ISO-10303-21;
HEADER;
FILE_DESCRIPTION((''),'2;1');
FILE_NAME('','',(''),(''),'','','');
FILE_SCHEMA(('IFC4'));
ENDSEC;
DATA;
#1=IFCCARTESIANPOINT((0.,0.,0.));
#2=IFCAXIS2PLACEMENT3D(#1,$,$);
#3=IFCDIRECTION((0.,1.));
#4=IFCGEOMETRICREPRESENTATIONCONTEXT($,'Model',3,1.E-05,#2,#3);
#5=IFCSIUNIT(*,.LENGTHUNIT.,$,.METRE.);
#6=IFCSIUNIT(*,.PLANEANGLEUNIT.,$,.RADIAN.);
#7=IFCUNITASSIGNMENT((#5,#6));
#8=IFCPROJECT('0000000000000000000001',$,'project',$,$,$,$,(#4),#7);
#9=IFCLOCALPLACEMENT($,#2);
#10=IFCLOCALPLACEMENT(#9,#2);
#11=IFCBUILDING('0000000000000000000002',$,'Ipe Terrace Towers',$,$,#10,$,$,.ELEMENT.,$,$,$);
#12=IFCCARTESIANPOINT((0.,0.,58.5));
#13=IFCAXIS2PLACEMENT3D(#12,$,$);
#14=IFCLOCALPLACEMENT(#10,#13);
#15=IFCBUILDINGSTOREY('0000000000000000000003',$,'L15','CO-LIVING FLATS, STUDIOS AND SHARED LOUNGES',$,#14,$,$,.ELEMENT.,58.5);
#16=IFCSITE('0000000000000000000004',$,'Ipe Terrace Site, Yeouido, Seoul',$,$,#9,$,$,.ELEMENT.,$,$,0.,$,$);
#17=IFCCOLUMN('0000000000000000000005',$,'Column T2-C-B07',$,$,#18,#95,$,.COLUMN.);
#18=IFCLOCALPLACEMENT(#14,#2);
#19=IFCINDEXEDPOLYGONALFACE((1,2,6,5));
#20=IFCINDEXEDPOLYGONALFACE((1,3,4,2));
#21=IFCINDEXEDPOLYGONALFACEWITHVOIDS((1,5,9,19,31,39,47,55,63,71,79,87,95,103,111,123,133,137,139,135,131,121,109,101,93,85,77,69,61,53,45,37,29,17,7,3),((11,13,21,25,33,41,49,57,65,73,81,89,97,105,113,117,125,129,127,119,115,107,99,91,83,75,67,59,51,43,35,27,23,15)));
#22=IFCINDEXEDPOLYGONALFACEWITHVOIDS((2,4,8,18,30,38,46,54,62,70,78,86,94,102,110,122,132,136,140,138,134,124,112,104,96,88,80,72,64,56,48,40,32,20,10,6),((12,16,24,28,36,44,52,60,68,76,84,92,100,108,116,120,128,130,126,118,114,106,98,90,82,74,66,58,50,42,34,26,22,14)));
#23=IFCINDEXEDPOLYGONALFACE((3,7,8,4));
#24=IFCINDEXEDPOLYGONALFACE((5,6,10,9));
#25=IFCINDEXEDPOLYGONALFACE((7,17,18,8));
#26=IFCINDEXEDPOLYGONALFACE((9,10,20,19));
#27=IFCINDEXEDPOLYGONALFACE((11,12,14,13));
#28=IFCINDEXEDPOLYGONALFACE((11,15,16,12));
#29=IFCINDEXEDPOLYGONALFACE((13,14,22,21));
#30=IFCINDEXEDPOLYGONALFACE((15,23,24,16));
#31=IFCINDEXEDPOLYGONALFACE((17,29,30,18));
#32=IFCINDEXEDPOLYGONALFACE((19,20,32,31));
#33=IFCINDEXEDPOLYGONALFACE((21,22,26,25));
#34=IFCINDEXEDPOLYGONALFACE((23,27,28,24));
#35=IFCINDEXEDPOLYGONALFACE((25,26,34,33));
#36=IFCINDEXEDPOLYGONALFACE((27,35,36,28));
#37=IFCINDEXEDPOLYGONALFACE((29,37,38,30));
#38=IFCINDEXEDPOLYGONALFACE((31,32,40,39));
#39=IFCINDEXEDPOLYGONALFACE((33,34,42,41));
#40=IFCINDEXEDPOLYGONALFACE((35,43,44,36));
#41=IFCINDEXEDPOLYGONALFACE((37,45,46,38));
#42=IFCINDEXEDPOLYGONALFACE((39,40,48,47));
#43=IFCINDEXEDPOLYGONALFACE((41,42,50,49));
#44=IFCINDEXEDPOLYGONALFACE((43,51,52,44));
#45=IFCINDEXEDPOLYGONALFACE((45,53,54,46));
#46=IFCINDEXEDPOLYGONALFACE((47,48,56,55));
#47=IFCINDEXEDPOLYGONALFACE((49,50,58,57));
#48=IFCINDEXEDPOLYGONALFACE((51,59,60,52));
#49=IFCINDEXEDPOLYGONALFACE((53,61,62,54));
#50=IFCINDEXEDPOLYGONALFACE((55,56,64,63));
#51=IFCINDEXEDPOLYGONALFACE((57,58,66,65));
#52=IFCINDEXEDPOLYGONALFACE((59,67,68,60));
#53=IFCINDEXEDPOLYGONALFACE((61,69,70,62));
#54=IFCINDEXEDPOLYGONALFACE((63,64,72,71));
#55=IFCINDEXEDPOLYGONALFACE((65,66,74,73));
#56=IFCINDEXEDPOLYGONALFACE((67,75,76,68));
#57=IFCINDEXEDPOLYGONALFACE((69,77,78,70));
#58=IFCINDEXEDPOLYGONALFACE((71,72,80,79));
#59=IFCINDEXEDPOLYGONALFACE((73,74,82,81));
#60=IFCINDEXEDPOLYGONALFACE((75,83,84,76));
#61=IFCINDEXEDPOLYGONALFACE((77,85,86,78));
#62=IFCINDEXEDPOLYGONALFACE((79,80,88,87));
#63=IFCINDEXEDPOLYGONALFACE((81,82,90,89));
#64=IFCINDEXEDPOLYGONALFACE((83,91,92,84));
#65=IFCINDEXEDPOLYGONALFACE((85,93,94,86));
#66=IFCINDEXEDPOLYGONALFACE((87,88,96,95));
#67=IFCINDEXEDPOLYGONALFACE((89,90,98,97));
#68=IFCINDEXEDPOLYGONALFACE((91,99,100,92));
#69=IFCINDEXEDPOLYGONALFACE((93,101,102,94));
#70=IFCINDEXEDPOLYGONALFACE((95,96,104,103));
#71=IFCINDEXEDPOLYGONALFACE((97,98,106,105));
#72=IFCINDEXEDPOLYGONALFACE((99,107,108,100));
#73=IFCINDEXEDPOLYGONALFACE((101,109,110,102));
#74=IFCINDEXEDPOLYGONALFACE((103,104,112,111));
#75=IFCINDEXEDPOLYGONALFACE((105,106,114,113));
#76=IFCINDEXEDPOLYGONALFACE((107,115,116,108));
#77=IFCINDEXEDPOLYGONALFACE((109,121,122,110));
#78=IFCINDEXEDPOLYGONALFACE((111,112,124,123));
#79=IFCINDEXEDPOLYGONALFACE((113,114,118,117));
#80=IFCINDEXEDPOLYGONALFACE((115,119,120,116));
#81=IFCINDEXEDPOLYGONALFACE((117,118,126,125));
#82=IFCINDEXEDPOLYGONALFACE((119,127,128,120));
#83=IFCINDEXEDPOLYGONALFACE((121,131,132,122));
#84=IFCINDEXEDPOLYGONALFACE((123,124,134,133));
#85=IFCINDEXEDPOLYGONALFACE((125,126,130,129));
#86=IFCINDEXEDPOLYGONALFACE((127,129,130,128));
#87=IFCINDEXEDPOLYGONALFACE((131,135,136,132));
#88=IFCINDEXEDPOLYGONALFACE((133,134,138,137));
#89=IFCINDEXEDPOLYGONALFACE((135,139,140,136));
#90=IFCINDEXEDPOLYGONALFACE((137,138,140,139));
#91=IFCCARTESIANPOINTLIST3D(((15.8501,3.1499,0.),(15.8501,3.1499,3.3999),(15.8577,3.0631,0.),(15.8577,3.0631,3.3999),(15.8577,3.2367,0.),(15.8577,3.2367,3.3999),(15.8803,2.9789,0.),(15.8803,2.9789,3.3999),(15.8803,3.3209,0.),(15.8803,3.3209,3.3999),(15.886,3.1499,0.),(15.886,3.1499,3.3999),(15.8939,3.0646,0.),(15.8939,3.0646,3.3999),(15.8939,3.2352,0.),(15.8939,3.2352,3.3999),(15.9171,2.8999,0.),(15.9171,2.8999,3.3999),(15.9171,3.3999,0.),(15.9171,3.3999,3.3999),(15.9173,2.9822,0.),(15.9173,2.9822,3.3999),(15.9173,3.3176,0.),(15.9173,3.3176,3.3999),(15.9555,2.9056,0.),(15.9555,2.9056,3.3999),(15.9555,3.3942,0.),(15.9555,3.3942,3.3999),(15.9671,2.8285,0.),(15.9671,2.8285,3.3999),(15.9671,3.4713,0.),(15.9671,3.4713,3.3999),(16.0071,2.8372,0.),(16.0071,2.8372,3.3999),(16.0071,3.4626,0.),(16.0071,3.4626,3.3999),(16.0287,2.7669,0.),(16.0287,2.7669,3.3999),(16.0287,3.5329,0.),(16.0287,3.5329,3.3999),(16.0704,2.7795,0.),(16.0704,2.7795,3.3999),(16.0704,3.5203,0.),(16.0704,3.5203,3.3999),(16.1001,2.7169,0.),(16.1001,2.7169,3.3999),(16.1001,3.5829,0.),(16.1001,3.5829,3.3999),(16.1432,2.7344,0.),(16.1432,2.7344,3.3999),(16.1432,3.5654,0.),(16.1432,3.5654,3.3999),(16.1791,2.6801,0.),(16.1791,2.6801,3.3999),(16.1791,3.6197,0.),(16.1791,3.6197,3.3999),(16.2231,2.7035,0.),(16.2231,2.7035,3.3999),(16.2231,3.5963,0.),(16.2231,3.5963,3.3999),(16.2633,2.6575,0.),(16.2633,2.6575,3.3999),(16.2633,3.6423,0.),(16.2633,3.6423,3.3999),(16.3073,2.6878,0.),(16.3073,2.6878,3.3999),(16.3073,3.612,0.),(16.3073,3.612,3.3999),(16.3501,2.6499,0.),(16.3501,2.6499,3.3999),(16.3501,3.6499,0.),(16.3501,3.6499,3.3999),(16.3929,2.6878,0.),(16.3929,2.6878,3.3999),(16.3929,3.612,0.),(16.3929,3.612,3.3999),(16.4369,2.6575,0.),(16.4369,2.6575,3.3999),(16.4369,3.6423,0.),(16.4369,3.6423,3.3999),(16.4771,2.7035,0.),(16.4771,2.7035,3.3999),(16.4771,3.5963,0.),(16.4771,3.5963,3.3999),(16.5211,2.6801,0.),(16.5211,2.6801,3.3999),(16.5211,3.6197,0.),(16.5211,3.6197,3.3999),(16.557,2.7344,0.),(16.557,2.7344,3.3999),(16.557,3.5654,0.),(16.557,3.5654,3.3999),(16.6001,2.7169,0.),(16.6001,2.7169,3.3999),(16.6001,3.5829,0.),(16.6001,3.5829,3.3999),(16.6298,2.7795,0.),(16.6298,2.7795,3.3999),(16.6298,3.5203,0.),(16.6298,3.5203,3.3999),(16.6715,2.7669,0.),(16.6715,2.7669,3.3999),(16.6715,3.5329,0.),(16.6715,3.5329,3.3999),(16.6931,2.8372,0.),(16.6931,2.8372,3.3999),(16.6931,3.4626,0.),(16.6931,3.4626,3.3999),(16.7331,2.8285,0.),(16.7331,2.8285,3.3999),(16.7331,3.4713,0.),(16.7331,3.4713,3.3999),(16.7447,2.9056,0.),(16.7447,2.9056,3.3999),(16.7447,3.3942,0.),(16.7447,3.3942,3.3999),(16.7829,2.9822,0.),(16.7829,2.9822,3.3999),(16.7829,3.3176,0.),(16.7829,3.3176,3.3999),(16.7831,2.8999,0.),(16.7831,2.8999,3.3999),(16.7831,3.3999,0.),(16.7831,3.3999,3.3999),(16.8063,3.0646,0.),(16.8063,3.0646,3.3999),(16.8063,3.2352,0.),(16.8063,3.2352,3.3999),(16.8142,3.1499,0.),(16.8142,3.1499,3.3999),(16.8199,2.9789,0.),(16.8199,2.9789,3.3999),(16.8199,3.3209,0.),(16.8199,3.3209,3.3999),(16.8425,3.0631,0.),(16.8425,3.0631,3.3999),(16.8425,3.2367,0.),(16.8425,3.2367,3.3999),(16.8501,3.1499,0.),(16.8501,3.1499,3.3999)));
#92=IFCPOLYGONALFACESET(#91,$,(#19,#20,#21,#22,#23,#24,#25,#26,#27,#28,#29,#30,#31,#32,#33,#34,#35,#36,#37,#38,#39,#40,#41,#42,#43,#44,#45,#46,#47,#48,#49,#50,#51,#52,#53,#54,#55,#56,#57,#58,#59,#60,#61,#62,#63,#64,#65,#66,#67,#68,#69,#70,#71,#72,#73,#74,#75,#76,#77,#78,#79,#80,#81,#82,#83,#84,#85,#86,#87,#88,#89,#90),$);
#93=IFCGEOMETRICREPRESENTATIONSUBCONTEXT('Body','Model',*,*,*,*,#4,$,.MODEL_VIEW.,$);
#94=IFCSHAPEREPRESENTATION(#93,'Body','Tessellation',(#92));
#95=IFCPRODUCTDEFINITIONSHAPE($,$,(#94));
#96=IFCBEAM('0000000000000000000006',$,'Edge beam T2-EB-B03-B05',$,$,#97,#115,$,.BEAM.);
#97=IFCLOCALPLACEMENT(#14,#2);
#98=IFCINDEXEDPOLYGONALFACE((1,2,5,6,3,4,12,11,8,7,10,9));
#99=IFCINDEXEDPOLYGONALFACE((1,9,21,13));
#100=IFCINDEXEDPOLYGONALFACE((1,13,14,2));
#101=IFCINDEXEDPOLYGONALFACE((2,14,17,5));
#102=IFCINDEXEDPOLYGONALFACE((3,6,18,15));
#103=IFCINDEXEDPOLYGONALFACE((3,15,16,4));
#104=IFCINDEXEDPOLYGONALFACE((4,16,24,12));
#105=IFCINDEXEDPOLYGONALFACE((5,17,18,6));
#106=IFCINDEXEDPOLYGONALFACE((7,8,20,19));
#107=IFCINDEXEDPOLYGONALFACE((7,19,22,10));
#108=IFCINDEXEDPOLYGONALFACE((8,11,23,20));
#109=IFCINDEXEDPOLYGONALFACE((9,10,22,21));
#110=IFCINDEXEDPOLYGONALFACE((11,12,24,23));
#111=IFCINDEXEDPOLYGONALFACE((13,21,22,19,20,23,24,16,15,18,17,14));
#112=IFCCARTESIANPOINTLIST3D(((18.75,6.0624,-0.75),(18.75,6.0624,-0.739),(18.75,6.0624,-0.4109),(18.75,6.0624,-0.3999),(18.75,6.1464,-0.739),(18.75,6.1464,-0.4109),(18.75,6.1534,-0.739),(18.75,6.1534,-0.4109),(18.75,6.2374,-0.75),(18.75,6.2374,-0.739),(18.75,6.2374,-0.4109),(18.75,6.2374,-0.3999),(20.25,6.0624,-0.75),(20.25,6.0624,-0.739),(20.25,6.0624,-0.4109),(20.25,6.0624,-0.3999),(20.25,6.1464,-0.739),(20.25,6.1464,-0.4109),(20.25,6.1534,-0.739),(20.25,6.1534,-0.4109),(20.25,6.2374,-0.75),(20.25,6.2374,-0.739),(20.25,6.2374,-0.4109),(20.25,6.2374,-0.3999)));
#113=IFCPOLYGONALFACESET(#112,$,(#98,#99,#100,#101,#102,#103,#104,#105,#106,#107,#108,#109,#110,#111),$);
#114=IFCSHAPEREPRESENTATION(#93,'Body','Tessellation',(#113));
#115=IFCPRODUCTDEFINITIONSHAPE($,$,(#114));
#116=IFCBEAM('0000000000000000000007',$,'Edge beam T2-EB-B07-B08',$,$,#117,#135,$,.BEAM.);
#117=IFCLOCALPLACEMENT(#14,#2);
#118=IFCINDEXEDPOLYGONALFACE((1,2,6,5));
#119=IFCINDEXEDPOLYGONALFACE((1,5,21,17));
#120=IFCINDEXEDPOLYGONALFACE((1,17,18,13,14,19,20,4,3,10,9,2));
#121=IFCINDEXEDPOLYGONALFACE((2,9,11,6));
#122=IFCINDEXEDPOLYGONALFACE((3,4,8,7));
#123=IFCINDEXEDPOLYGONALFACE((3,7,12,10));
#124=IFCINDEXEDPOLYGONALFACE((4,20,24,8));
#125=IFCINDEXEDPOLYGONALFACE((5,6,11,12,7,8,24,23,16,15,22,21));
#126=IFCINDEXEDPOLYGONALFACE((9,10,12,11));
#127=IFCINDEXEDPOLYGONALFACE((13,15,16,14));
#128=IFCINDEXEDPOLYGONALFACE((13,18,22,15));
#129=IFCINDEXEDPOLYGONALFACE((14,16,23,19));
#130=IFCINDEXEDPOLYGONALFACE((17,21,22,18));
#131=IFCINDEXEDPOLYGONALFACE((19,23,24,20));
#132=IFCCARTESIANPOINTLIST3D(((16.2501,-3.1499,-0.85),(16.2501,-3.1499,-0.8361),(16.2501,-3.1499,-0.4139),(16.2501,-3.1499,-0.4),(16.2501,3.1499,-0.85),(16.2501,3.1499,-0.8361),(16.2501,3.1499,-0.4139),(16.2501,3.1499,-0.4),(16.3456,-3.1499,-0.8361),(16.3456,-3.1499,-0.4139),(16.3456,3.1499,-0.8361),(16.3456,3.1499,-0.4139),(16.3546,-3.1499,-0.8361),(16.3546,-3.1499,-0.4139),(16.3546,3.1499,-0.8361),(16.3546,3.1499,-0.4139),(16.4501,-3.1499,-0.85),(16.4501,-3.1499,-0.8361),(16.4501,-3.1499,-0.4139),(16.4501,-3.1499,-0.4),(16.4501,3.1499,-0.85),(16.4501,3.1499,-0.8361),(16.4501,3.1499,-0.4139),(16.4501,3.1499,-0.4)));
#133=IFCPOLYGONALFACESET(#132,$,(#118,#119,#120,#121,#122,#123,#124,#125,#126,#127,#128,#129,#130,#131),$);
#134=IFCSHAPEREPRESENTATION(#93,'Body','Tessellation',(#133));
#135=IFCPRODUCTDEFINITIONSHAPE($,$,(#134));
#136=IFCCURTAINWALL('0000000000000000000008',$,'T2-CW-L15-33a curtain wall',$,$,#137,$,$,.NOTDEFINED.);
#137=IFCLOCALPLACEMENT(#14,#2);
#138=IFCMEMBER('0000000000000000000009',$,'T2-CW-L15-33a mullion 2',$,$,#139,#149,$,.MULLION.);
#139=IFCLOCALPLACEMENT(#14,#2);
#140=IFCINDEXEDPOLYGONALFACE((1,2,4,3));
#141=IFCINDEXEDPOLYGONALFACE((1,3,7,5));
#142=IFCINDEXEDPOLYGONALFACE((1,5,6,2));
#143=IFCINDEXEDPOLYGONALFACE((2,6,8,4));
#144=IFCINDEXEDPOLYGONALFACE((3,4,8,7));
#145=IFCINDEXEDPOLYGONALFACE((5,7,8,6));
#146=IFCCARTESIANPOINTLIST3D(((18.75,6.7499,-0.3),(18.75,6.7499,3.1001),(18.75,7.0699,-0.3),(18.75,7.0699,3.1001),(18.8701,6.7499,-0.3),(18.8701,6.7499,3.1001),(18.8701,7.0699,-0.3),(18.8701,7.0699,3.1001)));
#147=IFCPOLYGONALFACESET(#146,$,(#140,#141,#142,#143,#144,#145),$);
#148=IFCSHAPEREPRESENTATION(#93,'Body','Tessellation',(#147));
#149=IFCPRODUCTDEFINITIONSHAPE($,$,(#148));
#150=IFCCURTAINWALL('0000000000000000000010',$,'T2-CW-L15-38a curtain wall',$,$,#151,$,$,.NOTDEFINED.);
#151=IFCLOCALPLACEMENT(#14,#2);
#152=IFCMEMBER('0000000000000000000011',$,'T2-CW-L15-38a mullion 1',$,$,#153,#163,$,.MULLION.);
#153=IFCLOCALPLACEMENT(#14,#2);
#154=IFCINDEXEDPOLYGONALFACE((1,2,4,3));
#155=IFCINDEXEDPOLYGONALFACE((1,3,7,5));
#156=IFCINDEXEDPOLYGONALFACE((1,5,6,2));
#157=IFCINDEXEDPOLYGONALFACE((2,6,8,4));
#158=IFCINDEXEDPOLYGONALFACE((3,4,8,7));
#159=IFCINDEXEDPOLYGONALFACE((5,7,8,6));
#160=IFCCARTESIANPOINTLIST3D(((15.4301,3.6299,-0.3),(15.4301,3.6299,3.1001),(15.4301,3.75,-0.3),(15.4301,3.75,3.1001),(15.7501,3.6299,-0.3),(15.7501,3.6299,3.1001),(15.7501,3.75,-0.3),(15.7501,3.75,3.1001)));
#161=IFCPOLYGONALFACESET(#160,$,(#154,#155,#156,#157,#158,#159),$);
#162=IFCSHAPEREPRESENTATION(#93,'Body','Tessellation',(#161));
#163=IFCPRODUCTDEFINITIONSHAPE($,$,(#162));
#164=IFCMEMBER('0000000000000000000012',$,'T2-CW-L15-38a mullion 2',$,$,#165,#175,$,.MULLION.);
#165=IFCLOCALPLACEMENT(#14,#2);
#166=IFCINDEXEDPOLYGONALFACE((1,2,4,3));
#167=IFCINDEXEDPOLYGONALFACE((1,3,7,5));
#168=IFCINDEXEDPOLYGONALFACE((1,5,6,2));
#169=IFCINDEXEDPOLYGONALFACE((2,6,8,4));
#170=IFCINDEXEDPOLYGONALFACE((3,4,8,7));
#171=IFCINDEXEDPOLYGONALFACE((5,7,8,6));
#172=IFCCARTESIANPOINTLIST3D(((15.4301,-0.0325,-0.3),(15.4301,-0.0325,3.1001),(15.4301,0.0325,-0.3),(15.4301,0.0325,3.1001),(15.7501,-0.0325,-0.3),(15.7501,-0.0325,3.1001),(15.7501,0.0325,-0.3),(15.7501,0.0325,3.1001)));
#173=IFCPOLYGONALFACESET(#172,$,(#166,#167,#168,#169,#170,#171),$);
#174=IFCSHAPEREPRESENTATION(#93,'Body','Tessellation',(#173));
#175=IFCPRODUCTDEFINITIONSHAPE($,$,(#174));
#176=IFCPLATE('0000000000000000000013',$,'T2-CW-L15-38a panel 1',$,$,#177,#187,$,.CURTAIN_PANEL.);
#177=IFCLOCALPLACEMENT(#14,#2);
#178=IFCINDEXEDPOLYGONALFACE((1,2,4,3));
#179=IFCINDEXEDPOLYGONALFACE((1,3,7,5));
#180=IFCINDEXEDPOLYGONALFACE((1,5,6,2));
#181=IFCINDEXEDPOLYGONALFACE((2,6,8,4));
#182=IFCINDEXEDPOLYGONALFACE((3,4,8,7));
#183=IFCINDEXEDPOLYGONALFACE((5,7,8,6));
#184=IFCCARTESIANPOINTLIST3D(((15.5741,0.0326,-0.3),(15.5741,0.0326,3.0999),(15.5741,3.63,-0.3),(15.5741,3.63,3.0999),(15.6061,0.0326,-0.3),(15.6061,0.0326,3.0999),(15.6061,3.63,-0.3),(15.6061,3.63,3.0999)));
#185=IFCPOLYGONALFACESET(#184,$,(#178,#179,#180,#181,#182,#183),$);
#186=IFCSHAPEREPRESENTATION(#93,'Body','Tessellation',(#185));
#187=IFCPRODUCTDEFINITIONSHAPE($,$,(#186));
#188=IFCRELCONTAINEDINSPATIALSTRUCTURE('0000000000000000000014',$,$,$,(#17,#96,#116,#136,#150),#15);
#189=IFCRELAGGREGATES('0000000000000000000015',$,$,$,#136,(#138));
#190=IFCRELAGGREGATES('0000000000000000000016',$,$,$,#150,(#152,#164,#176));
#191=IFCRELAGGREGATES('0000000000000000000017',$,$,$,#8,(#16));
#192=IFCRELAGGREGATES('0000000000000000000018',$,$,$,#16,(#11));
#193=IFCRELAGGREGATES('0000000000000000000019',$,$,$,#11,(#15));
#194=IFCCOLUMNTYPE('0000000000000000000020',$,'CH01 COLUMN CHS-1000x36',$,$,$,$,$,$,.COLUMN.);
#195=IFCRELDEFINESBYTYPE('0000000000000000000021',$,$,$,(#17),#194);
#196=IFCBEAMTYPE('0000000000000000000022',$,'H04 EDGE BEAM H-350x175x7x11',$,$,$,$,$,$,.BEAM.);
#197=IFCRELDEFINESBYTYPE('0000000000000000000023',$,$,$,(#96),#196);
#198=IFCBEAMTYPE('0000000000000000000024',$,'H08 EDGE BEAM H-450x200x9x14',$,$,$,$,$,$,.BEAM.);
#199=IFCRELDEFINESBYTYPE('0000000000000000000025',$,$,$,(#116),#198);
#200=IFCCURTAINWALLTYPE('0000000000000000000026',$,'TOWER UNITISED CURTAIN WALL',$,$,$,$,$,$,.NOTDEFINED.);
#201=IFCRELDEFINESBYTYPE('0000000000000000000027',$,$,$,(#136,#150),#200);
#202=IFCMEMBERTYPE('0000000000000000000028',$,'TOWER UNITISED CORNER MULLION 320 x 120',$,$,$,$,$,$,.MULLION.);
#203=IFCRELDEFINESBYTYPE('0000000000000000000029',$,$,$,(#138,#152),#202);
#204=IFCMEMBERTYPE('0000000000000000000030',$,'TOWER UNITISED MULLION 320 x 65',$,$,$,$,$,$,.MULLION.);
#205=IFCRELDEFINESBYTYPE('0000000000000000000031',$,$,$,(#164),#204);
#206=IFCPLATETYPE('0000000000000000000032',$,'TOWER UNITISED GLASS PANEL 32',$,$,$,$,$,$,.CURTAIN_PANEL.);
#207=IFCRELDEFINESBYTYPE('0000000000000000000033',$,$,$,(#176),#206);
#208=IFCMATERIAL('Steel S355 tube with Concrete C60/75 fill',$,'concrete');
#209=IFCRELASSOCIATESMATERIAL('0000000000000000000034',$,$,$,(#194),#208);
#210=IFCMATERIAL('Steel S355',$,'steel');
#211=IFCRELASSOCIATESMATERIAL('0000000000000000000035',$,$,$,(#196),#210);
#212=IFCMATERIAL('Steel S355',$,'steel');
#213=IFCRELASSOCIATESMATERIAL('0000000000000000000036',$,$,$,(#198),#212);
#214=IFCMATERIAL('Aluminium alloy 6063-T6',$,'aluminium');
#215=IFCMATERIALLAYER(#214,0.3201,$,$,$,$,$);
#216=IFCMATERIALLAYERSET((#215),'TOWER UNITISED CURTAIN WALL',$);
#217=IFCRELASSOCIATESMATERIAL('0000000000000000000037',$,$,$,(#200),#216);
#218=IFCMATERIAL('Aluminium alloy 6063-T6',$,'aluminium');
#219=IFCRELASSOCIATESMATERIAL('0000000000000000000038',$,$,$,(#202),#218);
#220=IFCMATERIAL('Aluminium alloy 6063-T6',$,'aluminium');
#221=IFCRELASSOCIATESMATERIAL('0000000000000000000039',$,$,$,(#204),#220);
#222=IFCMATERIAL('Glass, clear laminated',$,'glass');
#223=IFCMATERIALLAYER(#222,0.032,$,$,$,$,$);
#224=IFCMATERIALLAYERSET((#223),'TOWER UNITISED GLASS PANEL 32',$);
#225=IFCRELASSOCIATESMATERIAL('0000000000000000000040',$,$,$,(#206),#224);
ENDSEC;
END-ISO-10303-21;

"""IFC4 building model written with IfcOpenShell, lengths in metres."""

from ifc_helpers import new_model, si_unit, direction, frame, origin, origin_2d, place, context, subcontext, project, spatial, rectangle, hollow_circle, i_section, extrude, material, layer, layer_set, material_profile, profile_set, type_object, element, aggregate, save


model = new_model("IFC4")

# Units and contexts
model_context = context("Model", 3, precision=1e-05, world=origin(), true_north=direction((0.0, 1.0)))
body_context = subcontext(model_context, "Body", "Model", "MODEL_VIEW")
ifc_project = project(units=[si_unit("LENGTHUNIT", "METRE"), si_unit("PLANEANGLEUNIT", "RADIAN")], contexts=[model_context])

# Site, building, storey
site_placement = place(None, origin())
site = spatial("IfcSite", under=ifc_project, at=site_placement, Name="Ipe Terrace Site, Yeouido, Seoul", CompositionType="ELEMENT", RefElevation=0.0)
building_placement = place(site_placement, origin())
building = spatial("IfcBuilding", under=site, at=building_placement, Name="Ipe Terrace Towers", CompositionType="ELEMENT")
storey_placement = place(building_placement, frame((0.0, 0.0, 58.5)))
storey = spatial("IfcBuildingStorey", under=building, at=storey_placement, Name="L15", Description="CO-LIVING FLATS, STUDIOS AND SHARED LOUNGES", CompositionType="ELEMENT", Elevation=58.5)

# Column
ifc_material_1 = material(Name="Steel S355 tube with Concrete C60/75 fill", Category="concrete")
ifc_material_profile_1 = material_profile(ifc_material_1, hollow_circle(Radius=0.5, WallThickness=0.0359, at=origin_2d()), Name="CHS-1000x36")
ifc_profile_set_1 = profile_set([ifc_material_profile_1], Name="Steel S355 tube with Concrete C60/75 fill")
column_type = type_object("IfcColumnType", Name="CH01 COLUMN CHS-1000x36", PredefinedType="COLUMN", material=ifc_profile_set_1)
for number, where, z_axis, x_axis, name in (
    (1, (16.3501, 3.1499, 0.0), (0.0, 0.0, 1.0), (1.0, 0.0, 0.0), "Column T2-C-B07"),
):
    element("IfcColumn", number, at=place(storey_placement, frame(where, z_axis=z_axis, x_axis=x_axis)), inside=storey, type_object=column_type, Name=name, PredefinedType="COLUMN", context=body_context, shape_type="SweptSolid", body=[
        extrude(hollow_circle(Radius=0.5, WallThickness=0.0359, at=origin_2d()), origin(), (0.0, 0.0, 1.0), 3.3999),
    ])

# Beams
ifc_material_2 = material(Name="Steel S355", Category="steel")
ifc_material_profile_2 = material_profile(ifc_material_2, i_section(OverallWidth=0.175, OverallDepth=0.3501, WebThickness=0.0071, FlangeThickness=0.011, at=origin_2d()), Name="H-350x175x7x11")
ifc_profile_set_2 = profile_set([ifc_material_profile_2], Name="Steel S355")
beam_type_1 = type_object("IfcBeamType", Name="H04 EDGE BEAM H-350x175x7x11", PredefinedType="BEAM", material=ifc_profile_set_2)
beam_1_placement = place(storey_placement, frame((20.25, 6.1499, -0.575), z_axis=(-1.0, 0.0, 0.0), x_axis=(0.0, -1.0, 0.0)))
element("IfcBeam", 2, at=beam_1_placement, inside=storey, type_object=beam_type_1, Name="Edge beam T2-EB-B03-B05", PredefinedType="BEAM", context=body_context, shape_type="SweptSolid", body=[
    extrude(i_section(OverallWidth=0.175, OverallDepth=0.3501, WebThickness=0.0071, FlangeThickness=0.011, at=origin_2d()), origin(), (0.0, 0.0, 1.0), 1.5),
])
ifc_material_3 = material(Name="Steel S355", Category="steel")
ifc_material_profile_3 = material_profile(ifc_material_3, i_section(OverallWidth=0.2, OverallDepth=0.45, WebThickness=0.009, FlangeThickness=0.0139, at=origin_2d()), Name="H-450x200x9x14")
ifc_profile_set_3 = profile_set([ifc_material_profile_3], Name="Steel S355")
beam_type_2 = type_object("IfcBeamType", Name="H08 EDGE BEAM H-450x200x9x14", PredefinedType="BEAM", material=ifc_profile_set_3)
beam_2_placement = place(storey_placement, frame((16.3501, 3.1499, -0.625), z_axis=(0.0, -1.0, 0.0), x_axis=(1.0, 0.0, 0.0)))
element("IfcBeam", 3, at=beam_2_placement, inside=storey, type_object=beam_type_2, Name="Edge beam T2-EB-B07-B08", PredefinedType="BEAM", context=body_context, shape_type="SweptSolid", body=[
    extrude(i_section(OverallWidth=0.2, OverallDepth=0.45, WebThickness=0.009, FlangeThickness=0.0139, at=origin_2d()), origin(), (0.0, 0.0, 1.0), 6.2998),
])

# Curtain wall, member
ifc_material_4 = material(Name="Aluminium alloy 6063-T6", Category="aluminium")
ifc_layer_1 = layer(ifc_material_4, 0.3201)
ifc_layer_set_1 = layer_set([ifc_layer_1], Name="TOWER UNITISED CURTAIN WALL")
curtain_wall_type = type_object("IfcCurtainWallType", Name="TOWER UNITISED CURTAIN WALL", PredefinedType="NOTDEFINED", material=ifc_layer_set_1)
curtain_wall_1_placement = place(storey_placement, origin())
curtain_wall_1 = element("IfcCurtainWall", 4, at=curtain_wall_1_placement, inside=storey, type_object=curtain_wall_type, Name="T2-CW-L15-33a curtain wall", PredefinedType="NOTDEFINED")
ifc_material_5 = material(Name="Aluminium alloy 6063-T6", Category="aluminium")
ifc_material_profile_4 = material_profile(ifc_material_5, rectangle(XDim=0.3201, YDim=0.1201, at=origin_2d()), Name="TOWER UNITISED CORNER MULLION 320 x 120")
ifc_profile_set_4 = profile_set([ifc_material_profile_4], Name="Aluminium alloy 6063-T6")
member_type_1 = type_object("IfcMemberType", Name="TOWER UNITISED CORNER MULLION 320 x 120", PredefinedType="MULLION", material=ifc_profile_set_4)
member_1_placement = place(storey_placement, frame((18.8101, 6.9099, -0.3), z_axis=(0.0, 0.0, 1.0), x_axis=(0.0, 1.0, 0.0)))
member_1 = element("IfcMember", 5, at=member_1_placement, type_object=member_type_1, Name="T2-CW-L15-33a mullion 2", PredefinedType="MULLION", context=body_context, shape_type="SweptSolid", body=[
    extrude(rectangle(XDim=0.3201, YDim=0.1201, at=origin_2d()), origin(), (0.0, 0.0, 1.0), 3.4001),
])
aggregate(curtain_wall_1, [member_1])

# Curtain wall, members, plate
curtain_wall_2_placement = place(storey_placement, origin())
curtain_wall_2 = element("IfcCurtainWall", 6, at=curtain_wall_2_placement, inside=storey, type_object=curtain_wall_type, Name="T2-CW-L15-38a curtain wall", PredefinedType="NOTDEFINED")
member_2_placement = place(storey_placement, frame((15.5901, 3.6899, -0.3), z_axis=(0.0, 0.0, 1.0), x_axis=(-1.0, 0.0, 0.0)))
member_2 = element("IfcMember", 7, at=member_2_placement, type_object=member_type_1, Name="T2-CW-L15-38a mullion 1", PredefinedType="MULLION", context=body_context, shape_type="SweptSolid", body=[
    extrude(rectangle(XDim=0.3201, YDim=0.1201, at=origin_2d()), origin(), (0.0, 0.0, 1.0), 3.4001),
])
ifc_material_6 = material(Name="Aluminium alloy 6063-T6", Category="aluminium")
ifc_material_profile_5 = material_profile(ifc_material_6, rectangle(XDim=0.3201, YDim=0.0649, at=origin_2d()), Name="TOWER UNITISED MULLION 320 x 65")
ifc_profile_set_5 = profile_set([ifc_material_profile_5], Name="Aluminium alloy 6063-T6")
member_type_2 = type_object("IfcMemberType", Name="TOWER UNITISED MULLION 320 x 65", PredefinedType="MULLION", material=ifc_profile_set_5)
member_3_placement = place(storey_placement, frame((15.5901, 0.0, -0.3), z_axis=(0.0, 0.0, 1.0), x_axis=(-1.0, 0.0, 0.0)))
member_3 = element("IfcMember", 8, at=member_3_placement, type_object=member_type_2, Name="T2-CW-L15-38a mullion 2", PredefinedType="MULLION", context=body_context, shape_type="SweptSolid", body=[
    extrude(rectangle(XDim=0.3201, YDim=0.0649, at=origin_2d()), origin(), (0.0, 0.0, 1.0), 3.4001),
])
ifc_material_7 = material(Name="Glass, clear laminated", Category="glass")
ifc_layer_2 = layer(ifc_material_7, 0.032)
ifc_layer_set_2 = layer_set([ifc_layer_2], Name="TOWER UNITISED GLASS PANEL 32")
plate_type = type_object("IfcPlateType", Name="TOWER UNITISED GLASS PANEL 32", PredefinedType="CURTAIN_PANEL", material=ifc_layer_set_2)
plate_placement = place(storey_placement, frame((15.5901, 1.8313, -0.3), z_axis=(0.0, 0.0, 1.0), x_axis=(0.0, -1.0, 0.0)))
plate = element("IfcPlate", 9, at=plate_placement, type_object=plate_type, Name="T2-CW-L15-38a panel 1", PredefinedType="CURTAIN_PANEL", context=body_context, shape_type="SweptSolid", body=[
    extrude(rectangle(XDim=3.5974, YDim=0.032, at=origin_2d()), origin(), (0.0, 0.0, 1.0), 3.3999),
])
aggregate(curtain_wall_2, [member_2, member_3, plate])

save(model, "model.ifc")
